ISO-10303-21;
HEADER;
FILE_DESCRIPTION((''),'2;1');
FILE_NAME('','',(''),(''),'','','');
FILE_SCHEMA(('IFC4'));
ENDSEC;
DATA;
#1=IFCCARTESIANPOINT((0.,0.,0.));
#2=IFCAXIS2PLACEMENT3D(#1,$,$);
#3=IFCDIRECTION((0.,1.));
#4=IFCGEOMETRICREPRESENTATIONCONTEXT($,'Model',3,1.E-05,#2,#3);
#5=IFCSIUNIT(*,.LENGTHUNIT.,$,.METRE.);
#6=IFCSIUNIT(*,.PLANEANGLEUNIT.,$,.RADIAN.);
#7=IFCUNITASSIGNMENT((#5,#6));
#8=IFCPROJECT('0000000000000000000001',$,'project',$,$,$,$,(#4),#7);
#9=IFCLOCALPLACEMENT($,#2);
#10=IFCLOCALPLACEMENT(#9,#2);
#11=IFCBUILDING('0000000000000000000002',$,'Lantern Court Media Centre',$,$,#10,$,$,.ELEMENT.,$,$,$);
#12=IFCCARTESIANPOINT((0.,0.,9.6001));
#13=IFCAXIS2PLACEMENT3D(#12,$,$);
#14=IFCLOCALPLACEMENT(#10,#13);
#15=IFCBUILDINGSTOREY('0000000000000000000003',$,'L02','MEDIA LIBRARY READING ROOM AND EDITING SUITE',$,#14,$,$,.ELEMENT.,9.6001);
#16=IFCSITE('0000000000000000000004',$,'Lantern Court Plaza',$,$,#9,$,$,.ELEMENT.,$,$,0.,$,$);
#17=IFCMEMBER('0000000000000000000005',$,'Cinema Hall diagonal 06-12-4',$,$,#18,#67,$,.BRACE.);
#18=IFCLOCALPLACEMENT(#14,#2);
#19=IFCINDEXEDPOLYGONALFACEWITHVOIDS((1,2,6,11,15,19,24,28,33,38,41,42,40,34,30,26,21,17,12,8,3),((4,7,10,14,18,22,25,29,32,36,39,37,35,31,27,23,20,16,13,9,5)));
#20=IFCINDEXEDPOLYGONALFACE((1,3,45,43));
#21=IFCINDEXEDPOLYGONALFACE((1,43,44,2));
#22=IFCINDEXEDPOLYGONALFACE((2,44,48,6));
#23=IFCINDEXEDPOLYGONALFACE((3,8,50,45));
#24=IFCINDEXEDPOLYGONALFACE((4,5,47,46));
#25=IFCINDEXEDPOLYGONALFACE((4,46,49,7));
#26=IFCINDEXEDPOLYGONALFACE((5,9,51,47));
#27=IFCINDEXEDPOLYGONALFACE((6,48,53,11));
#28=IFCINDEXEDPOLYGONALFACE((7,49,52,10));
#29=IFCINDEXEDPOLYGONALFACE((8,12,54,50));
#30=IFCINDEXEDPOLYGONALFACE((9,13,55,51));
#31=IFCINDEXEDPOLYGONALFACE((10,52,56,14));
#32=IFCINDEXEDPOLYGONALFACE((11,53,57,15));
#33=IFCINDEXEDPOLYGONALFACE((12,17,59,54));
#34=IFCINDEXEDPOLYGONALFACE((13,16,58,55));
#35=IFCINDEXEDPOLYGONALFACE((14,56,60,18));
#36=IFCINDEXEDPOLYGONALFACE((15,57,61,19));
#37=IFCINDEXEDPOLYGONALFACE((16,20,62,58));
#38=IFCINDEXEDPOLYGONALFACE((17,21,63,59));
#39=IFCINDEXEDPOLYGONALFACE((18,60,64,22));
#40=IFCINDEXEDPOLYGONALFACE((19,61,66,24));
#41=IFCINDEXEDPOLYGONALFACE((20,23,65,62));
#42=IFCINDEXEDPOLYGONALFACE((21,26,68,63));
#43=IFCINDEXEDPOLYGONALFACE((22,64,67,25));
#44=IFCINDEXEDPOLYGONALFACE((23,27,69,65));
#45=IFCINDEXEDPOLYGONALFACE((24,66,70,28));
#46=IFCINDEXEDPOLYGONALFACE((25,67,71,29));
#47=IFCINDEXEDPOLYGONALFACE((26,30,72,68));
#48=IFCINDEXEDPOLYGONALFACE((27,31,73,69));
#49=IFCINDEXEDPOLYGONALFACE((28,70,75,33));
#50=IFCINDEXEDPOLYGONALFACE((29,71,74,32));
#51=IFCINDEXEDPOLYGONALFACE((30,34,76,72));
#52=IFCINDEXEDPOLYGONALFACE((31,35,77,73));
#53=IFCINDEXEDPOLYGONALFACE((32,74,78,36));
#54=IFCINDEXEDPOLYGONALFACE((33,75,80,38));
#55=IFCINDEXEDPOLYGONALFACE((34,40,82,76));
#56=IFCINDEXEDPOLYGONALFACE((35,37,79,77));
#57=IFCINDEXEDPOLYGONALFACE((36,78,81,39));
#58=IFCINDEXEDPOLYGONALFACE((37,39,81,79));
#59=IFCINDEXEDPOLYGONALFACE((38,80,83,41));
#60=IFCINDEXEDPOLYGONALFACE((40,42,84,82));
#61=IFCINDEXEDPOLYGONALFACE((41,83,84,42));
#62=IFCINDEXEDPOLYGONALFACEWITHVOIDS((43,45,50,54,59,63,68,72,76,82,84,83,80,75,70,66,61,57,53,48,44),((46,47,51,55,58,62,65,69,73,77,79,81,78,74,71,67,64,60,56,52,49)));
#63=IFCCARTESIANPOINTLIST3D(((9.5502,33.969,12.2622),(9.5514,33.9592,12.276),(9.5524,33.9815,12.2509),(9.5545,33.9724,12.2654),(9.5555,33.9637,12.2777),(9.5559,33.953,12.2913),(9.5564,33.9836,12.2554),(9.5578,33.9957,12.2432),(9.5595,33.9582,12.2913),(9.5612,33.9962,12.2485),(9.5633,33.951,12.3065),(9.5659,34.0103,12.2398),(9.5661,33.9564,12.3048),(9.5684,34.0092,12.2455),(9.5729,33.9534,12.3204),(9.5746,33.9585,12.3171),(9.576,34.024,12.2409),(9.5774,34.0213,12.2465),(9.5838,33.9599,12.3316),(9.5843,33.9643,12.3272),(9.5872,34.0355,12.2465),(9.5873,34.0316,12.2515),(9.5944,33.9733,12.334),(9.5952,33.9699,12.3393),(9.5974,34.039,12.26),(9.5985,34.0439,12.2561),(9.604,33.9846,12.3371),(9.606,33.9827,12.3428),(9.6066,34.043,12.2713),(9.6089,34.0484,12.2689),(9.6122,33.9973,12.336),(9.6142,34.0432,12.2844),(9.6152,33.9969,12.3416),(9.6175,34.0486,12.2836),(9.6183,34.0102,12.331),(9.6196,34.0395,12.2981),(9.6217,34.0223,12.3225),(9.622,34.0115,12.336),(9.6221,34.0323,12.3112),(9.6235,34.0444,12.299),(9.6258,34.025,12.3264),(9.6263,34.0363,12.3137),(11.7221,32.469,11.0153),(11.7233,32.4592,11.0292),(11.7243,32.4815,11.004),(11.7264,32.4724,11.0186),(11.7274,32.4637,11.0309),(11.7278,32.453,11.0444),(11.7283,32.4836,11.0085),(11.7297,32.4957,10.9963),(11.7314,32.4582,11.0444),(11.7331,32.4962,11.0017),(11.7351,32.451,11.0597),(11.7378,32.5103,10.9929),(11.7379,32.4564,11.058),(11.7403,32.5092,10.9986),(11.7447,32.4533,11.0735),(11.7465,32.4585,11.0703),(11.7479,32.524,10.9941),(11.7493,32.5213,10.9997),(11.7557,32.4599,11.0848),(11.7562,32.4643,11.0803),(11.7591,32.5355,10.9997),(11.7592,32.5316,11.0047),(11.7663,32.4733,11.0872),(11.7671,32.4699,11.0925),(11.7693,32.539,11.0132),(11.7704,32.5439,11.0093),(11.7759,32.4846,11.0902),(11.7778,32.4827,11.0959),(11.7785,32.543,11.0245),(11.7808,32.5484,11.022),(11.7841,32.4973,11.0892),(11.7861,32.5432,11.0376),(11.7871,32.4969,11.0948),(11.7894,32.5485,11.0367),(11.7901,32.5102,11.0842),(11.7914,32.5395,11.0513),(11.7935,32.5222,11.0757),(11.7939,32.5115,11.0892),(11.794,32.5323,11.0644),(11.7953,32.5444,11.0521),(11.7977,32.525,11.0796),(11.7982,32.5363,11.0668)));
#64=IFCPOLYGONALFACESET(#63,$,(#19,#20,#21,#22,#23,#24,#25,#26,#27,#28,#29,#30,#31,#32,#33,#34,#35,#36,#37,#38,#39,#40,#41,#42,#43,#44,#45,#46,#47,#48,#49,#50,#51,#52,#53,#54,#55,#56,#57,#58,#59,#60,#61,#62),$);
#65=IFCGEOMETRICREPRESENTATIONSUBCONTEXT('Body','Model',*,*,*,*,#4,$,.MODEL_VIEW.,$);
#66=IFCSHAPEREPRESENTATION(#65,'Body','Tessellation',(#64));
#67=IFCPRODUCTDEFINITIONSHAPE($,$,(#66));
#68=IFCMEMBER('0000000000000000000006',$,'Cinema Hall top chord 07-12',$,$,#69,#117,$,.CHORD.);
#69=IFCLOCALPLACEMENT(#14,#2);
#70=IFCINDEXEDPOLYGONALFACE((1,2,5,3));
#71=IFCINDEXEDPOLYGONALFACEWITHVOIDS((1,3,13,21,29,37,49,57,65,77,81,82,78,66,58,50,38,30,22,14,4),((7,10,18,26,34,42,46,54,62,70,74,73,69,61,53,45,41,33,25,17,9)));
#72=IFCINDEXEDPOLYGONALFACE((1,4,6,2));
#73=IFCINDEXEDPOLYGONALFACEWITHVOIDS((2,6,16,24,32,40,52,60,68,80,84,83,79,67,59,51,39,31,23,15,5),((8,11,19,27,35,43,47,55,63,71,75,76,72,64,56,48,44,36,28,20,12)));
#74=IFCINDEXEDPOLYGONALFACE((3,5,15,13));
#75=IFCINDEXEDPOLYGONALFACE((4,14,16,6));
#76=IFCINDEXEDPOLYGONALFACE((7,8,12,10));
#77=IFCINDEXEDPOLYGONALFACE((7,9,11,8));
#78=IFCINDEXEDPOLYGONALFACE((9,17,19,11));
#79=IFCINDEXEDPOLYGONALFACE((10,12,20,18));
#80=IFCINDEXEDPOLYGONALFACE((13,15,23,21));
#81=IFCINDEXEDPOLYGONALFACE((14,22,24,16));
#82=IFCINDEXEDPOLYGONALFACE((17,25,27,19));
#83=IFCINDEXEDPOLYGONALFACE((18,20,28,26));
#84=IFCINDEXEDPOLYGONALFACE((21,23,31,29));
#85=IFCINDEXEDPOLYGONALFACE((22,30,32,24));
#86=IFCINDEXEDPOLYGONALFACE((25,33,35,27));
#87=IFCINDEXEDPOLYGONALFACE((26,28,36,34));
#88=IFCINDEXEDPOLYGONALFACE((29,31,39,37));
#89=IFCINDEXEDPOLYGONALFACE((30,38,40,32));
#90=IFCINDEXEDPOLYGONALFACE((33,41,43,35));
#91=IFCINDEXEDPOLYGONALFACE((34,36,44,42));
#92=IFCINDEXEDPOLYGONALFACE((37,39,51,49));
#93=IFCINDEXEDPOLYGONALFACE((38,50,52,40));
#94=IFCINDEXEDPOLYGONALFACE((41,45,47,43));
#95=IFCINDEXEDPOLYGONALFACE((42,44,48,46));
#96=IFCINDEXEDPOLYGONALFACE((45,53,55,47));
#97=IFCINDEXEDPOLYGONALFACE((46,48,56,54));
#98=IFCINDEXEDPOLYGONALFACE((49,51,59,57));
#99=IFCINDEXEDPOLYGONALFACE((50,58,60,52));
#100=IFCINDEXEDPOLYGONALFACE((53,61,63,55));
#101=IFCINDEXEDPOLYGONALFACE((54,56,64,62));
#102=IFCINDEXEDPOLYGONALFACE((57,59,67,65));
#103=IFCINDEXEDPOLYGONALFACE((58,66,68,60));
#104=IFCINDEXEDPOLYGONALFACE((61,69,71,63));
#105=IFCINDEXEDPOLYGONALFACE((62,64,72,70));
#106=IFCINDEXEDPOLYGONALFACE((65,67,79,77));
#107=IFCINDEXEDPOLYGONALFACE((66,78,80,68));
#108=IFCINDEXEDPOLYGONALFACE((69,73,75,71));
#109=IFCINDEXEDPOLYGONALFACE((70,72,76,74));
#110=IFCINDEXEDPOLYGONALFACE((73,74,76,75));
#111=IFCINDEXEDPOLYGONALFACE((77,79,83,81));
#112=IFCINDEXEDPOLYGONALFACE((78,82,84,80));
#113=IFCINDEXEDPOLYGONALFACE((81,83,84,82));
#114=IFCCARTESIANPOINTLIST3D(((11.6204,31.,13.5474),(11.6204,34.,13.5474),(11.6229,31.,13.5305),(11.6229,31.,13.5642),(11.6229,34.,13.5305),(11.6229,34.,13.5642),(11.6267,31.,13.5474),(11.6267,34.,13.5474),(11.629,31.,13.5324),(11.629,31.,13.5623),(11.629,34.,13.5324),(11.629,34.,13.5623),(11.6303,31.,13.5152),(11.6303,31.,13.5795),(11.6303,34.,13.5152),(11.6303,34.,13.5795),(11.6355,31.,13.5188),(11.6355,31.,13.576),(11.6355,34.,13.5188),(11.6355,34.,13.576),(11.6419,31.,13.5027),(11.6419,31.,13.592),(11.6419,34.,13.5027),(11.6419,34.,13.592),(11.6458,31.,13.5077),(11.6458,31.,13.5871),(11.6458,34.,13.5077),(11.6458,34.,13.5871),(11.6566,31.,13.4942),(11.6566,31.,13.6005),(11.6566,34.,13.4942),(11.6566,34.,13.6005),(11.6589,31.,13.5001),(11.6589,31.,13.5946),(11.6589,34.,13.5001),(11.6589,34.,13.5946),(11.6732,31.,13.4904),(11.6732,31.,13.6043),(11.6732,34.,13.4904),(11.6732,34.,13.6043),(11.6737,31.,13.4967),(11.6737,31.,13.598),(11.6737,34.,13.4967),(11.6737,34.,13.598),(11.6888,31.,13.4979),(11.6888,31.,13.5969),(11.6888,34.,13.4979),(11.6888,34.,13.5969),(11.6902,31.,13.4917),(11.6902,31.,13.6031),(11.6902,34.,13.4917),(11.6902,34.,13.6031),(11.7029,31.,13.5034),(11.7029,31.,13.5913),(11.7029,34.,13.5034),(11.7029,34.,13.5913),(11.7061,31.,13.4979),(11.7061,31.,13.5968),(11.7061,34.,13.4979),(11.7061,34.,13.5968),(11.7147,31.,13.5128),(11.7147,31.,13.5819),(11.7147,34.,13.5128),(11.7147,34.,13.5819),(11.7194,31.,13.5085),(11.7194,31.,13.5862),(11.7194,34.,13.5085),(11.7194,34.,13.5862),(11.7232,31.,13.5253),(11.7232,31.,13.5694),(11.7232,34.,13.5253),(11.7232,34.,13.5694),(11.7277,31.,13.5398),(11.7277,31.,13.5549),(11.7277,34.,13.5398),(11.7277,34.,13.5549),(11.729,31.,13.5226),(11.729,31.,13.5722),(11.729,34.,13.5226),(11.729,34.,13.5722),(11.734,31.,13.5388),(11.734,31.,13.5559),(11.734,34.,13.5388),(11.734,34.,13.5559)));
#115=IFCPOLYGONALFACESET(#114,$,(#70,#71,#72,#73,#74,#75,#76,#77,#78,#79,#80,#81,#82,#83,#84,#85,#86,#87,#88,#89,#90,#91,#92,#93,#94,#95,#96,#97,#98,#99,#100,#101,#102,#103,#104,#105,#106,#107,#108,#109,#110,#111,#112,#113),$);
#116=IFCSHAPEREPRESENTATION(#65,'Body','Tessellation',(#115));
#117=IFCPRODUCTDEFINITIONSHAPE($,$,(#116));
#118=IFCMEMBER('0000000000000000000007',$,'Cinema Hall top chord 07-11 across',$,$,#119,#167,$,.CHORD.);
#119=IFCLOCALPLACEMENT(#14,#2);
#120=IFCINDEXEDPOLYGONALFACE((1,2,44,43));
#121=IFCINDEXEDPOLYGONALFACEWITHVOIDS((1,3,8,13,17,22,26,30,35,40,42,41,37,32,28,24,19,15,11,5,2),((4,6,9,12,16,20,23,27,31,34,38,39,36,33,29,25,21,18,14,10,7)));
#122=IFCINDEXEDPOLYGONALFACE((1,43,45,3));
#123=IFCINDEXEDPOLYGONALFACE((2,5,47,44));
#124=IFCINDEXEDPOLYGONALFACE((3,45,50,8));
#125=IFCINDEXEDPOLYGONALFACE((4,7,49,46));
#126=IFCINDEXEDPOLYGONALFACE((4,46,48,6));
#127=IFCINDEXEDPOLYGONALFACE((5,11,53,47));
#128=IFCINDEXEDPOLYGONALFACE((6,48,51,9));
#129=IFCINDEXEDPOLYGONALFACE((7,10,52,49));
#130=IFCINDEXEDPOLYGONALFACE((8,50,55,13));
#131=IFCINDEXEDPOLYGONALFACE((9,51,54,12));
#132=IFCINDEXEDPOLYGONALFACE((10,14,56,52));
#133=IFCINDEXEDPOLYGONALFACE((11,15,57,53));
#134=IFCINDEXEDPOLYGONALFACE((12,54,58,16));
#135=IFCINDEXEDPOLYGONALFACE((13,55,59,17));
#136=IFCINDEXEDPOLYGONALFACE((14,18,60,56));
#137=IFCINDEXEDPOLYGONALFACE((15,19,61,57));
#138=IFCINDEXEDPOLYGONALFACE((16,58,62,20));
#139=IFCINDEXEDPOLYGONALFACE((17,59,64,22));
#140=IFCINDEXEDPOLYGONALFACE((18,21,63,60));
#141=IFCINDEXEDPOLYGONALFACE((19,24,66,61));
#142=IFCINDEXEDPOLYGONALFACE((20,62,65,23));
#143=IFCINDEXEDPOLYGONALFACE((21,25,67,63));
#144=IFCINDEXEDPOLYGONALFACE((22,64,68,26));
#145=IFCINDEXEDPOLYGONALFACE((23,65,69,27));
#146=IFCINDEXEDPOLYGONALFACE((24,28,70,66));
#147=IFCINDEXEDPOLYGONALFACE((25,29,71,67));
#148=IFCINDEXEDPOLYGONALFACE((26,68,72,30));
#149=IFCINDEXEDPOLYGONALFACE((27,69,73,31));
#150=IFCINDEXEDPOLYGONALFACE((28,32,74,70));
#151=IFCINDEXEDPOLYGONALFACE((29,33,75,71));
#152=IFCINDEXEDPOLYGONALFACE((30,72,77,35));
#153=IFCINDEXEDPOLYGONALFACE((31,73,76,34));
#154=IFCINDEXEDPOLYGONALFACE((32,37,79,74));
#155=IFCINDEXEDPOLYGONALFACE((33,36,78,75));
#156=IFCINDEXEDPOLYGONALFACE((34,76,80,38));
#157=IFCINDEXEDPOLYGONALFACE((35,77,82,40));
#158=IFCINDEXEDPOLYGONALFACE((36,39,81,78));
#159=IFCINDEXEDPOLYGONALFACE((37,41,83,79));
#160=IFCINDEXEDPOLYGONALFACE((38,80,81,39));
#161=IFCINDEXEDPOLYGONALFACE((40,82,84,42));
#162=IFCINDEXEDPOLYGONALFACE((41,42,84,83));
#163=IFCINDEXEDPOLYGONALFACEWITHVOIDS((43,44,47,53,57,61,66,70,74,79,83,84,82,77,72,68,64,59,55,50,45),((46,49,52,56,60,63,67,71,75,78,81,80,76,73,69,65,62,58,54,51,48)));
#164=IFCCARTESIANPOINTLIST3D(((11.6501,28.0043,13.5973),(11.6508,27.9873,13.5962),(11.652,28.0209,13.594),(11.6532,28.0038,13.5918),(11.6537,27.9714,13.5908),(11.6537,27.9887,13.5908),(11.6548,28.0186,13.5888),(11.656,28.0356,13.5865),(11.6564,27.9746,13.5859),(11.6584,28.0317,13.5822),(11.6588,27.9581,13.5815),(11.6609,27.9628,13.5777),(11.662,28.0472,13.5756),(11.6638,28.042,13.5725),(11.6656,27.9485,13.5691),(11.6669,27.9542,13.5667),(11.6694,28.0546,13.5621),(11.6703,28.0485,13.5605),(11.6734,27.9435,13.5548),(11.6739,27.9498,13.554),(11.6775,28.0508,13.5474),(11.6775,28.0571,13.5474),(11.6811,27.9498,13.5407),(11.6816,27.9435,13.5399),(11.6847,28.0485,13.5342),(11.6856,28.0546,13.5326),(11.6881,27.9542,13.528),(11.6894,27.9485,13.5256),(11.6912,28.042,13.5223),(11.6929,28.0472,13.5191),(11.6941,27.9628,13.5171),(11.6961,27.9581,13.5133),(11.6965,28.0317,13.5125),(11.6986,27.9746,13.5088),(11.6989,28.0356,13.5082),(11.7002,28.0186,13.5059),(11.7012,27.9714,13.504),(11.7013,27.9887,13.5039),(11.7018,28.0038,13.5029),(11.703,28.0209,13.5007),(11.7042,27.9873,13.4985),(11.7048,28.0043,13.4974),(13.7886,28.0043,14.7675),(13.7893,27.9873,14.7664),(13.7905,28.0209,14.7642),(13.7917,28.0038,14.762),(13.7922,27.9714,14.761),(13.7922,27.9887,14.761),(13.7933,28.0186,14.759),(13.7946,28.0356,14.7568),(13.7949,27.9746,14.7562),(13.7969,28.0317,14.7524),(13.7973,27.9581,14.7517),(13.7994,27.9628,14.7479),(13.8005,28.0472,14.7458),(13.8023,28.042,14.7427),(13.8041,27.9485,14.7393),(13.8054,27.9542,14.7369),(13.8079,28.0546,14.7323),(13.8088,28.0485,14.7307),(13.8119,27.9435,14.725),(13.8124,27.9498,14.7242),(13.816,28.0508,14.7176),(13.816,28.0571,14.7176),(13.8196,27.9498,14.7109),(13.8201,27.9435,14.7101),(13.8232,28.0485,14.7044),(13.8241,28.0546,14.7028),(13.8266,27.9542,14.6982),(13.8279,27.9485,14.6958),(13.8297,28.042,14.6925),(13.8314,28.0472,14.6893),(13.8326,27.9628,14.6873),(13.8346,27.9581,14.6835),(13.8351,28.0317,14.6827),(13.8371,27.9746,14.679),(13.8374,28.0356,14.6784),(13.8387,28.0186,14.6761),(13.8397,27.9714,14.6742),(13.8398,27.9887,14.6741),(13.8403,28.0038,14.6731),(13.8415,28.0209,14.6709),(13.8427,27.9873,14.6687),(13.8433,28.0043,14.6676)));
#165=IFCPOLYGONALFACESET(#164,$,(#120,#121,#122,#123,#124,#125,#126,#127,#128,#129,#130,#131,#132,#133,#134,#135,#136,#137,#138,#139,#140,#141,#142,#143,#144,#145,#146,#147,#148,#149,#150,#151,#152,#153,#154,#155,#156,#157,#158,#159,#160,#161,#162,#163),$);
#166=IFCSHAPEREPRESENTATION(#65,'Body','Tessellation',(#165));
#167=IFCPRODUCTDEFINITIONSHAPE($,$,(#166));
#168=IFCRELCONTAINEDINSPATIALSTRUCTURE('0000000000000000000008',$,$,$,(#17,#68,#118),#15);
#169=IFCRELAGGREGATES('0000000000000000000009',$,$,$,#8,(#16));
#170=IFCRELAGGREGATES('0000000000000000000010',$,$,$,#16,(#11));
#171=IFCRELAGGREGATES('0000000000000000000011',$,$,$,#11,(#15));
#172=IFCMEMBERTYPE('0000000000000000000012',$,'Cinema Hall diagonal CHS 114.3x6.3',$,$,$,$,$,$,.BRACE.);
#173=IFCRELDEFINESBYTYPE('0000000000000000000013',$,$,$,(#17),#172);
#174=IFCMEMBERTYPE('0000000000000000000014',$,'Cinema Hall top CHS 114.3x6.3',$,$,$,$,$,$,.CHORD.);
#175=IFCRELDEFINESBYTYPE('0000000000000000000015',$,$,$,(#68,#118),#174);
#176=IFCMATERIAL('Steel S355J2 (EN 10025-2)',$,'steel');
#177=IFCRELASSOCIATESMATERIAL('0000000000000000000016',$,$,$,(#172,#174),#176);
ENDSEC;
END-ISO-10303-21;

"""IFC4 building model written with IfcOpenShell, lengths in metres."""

from ifc_helpers import new_model, si_unit, direction, frame, origin, origin_2d, place, context, subcontext, project, spatial, hollow_circle, extrude, material, material_profile, profile_set, type_object, element, save


model = new_model("IFC4")

# Units and contexts
model_context = context("Model", 3, precision=1e-05, world=origin(), true_north=direction((0.0, 1.0)))
body_context = subcontext(model_context, "Body", "Model", "MODEL_VIEW")
ifc_project = project(units=[si_unit("LENGTHUNIT", "METRE"), si_unit("PLANEANGLEUNIT", "RADIAN")], contexts=[model_context])

# Site, building, storey
site_placement = place(None, origin())
site = spatial("IfcSite", under=ifc_project, at=site_placement, Name="Lantern Court Plaza", CompositionType="ELEMENT", RefElevation=0.0)
building_placement = place(site_placement, origin())
building = spatial("IfcBuilding", under=site, at=building_placement, Name="Lantern Court Media Centre", CompositionType="ELEMENT")
storey_placement = place(building_placement, frame((0.0, 0.0, 9.6001)))
storey = spatial("IfcBuildingStorey", under=building, at=storey_placement, Name="L02", Description="MEDIA LIBRARY READING ROOM AND EDITING SUITE", CompositionType="ELEMENT", Elevation=9.6001)

# Members
ifc_material = material(Name="Steel S355J2 (EN 10025-2)", Category="steel")
ifc_material_profile_1 = material_profile(ifc_material, hollow_circle(Radius=0.0571, WallThickness=0.0063, at=origin_2d()), Name="Cinema Hall diagonal CHS 114.3x6.3")
ifc_profile_set_1 = profile_set([ifc_material_profile_1], Name="Steel S355J2 (EN 10025-2)")
member_type_1 = type_object("IfcMemberType", Name="Cinema Hall diagonal CHS 114.3x6.3", PredefinedType="BRACE", material=ifc_profile_set_1)
for number, where, z_axis, x_axis, name in (
    (1, (11.7603, 32.5, 11.0444), (-0.744002, 0.513843, 0.427115), (-0.568286, -0.822831, 0.0), "Cinema Hall diagonal 06-12-4"),
):
    element("IfcMember", number, at=place(storey_placement, frame(where, z_axis=z_axis, x_axis=x_axis)), inside=storey, type_object=member_type_1, Name=name, PredefinedType="BRACE", context=body_context, shape_type="SweptSolid", body=[
        extrude(hollow_circle(Radius=0.0571, WallThickness=0.0063, at=origin_2d()), origin(), (0.0, 0.0, 1.0), 2.9192),
    ])
ifc_material_profile_2 = material_profile(ifc_material, hollow_circle(Radius=0.0571, WallThickness=0.0063, at=origin_2d()), Name="Cinema Hall top CHS 114.3x6.3")
ifc_profile_set_2 = profile_set([ifc_material_profile_2], Name="Steel S355J2 (EN 10025-2)")
member_type_2 = type_object("IfcMemberType", Name="Cinema Hall top CHS 114.3x6.3", PredefinedType="CHORD", material=ifc_profile_set_2)
member_1_placement = place(storey_placement, frame((11.6775, 31.0, 13.5474), z_axis=(0.0, 1.0, 0.0), x_axis=(-1.0, 0.0, 0.0)))
element("IfcMember", 2, at=member_1_placement, inside=storey, type_object=member_type_2, Name="Cinema Hall top chord 07-12", PredefinedType="CHORD", context=body_context, shape_type="SweptSolid", body=[
    extrude(hollow_circle(Radius=0.0571, WallThickness=0.0063, at=origin_2d()), origin(), (0.0, 0.0, 1.0), 3.0),
])
for number, where, z_axis, x_axis, name in (
    (3, (11.6775, 28.0, 13.5474), (0.877248, 0.0, 0.480038), (0.0, 1.0, 0.0), "Cinema Hall top chord 07-11 across"),
):
    element("IfcMember", number, at=place(storey_placement, frame(where, z_axis=z_axis, x_axis=x_axis)), inside=storey, type_object=member_type_2, Name=name, PredefinedType="CHORD", context=body_context, shape_type="SweptSolid", body=[
        extrude(hollow_circle(Radius=0.0571, WallThickness=0.0063, at=origin_2d()), origin(), (0.0, 0.0, 1.0), 2.4377),
    ])

save(model, "model.ifc")
